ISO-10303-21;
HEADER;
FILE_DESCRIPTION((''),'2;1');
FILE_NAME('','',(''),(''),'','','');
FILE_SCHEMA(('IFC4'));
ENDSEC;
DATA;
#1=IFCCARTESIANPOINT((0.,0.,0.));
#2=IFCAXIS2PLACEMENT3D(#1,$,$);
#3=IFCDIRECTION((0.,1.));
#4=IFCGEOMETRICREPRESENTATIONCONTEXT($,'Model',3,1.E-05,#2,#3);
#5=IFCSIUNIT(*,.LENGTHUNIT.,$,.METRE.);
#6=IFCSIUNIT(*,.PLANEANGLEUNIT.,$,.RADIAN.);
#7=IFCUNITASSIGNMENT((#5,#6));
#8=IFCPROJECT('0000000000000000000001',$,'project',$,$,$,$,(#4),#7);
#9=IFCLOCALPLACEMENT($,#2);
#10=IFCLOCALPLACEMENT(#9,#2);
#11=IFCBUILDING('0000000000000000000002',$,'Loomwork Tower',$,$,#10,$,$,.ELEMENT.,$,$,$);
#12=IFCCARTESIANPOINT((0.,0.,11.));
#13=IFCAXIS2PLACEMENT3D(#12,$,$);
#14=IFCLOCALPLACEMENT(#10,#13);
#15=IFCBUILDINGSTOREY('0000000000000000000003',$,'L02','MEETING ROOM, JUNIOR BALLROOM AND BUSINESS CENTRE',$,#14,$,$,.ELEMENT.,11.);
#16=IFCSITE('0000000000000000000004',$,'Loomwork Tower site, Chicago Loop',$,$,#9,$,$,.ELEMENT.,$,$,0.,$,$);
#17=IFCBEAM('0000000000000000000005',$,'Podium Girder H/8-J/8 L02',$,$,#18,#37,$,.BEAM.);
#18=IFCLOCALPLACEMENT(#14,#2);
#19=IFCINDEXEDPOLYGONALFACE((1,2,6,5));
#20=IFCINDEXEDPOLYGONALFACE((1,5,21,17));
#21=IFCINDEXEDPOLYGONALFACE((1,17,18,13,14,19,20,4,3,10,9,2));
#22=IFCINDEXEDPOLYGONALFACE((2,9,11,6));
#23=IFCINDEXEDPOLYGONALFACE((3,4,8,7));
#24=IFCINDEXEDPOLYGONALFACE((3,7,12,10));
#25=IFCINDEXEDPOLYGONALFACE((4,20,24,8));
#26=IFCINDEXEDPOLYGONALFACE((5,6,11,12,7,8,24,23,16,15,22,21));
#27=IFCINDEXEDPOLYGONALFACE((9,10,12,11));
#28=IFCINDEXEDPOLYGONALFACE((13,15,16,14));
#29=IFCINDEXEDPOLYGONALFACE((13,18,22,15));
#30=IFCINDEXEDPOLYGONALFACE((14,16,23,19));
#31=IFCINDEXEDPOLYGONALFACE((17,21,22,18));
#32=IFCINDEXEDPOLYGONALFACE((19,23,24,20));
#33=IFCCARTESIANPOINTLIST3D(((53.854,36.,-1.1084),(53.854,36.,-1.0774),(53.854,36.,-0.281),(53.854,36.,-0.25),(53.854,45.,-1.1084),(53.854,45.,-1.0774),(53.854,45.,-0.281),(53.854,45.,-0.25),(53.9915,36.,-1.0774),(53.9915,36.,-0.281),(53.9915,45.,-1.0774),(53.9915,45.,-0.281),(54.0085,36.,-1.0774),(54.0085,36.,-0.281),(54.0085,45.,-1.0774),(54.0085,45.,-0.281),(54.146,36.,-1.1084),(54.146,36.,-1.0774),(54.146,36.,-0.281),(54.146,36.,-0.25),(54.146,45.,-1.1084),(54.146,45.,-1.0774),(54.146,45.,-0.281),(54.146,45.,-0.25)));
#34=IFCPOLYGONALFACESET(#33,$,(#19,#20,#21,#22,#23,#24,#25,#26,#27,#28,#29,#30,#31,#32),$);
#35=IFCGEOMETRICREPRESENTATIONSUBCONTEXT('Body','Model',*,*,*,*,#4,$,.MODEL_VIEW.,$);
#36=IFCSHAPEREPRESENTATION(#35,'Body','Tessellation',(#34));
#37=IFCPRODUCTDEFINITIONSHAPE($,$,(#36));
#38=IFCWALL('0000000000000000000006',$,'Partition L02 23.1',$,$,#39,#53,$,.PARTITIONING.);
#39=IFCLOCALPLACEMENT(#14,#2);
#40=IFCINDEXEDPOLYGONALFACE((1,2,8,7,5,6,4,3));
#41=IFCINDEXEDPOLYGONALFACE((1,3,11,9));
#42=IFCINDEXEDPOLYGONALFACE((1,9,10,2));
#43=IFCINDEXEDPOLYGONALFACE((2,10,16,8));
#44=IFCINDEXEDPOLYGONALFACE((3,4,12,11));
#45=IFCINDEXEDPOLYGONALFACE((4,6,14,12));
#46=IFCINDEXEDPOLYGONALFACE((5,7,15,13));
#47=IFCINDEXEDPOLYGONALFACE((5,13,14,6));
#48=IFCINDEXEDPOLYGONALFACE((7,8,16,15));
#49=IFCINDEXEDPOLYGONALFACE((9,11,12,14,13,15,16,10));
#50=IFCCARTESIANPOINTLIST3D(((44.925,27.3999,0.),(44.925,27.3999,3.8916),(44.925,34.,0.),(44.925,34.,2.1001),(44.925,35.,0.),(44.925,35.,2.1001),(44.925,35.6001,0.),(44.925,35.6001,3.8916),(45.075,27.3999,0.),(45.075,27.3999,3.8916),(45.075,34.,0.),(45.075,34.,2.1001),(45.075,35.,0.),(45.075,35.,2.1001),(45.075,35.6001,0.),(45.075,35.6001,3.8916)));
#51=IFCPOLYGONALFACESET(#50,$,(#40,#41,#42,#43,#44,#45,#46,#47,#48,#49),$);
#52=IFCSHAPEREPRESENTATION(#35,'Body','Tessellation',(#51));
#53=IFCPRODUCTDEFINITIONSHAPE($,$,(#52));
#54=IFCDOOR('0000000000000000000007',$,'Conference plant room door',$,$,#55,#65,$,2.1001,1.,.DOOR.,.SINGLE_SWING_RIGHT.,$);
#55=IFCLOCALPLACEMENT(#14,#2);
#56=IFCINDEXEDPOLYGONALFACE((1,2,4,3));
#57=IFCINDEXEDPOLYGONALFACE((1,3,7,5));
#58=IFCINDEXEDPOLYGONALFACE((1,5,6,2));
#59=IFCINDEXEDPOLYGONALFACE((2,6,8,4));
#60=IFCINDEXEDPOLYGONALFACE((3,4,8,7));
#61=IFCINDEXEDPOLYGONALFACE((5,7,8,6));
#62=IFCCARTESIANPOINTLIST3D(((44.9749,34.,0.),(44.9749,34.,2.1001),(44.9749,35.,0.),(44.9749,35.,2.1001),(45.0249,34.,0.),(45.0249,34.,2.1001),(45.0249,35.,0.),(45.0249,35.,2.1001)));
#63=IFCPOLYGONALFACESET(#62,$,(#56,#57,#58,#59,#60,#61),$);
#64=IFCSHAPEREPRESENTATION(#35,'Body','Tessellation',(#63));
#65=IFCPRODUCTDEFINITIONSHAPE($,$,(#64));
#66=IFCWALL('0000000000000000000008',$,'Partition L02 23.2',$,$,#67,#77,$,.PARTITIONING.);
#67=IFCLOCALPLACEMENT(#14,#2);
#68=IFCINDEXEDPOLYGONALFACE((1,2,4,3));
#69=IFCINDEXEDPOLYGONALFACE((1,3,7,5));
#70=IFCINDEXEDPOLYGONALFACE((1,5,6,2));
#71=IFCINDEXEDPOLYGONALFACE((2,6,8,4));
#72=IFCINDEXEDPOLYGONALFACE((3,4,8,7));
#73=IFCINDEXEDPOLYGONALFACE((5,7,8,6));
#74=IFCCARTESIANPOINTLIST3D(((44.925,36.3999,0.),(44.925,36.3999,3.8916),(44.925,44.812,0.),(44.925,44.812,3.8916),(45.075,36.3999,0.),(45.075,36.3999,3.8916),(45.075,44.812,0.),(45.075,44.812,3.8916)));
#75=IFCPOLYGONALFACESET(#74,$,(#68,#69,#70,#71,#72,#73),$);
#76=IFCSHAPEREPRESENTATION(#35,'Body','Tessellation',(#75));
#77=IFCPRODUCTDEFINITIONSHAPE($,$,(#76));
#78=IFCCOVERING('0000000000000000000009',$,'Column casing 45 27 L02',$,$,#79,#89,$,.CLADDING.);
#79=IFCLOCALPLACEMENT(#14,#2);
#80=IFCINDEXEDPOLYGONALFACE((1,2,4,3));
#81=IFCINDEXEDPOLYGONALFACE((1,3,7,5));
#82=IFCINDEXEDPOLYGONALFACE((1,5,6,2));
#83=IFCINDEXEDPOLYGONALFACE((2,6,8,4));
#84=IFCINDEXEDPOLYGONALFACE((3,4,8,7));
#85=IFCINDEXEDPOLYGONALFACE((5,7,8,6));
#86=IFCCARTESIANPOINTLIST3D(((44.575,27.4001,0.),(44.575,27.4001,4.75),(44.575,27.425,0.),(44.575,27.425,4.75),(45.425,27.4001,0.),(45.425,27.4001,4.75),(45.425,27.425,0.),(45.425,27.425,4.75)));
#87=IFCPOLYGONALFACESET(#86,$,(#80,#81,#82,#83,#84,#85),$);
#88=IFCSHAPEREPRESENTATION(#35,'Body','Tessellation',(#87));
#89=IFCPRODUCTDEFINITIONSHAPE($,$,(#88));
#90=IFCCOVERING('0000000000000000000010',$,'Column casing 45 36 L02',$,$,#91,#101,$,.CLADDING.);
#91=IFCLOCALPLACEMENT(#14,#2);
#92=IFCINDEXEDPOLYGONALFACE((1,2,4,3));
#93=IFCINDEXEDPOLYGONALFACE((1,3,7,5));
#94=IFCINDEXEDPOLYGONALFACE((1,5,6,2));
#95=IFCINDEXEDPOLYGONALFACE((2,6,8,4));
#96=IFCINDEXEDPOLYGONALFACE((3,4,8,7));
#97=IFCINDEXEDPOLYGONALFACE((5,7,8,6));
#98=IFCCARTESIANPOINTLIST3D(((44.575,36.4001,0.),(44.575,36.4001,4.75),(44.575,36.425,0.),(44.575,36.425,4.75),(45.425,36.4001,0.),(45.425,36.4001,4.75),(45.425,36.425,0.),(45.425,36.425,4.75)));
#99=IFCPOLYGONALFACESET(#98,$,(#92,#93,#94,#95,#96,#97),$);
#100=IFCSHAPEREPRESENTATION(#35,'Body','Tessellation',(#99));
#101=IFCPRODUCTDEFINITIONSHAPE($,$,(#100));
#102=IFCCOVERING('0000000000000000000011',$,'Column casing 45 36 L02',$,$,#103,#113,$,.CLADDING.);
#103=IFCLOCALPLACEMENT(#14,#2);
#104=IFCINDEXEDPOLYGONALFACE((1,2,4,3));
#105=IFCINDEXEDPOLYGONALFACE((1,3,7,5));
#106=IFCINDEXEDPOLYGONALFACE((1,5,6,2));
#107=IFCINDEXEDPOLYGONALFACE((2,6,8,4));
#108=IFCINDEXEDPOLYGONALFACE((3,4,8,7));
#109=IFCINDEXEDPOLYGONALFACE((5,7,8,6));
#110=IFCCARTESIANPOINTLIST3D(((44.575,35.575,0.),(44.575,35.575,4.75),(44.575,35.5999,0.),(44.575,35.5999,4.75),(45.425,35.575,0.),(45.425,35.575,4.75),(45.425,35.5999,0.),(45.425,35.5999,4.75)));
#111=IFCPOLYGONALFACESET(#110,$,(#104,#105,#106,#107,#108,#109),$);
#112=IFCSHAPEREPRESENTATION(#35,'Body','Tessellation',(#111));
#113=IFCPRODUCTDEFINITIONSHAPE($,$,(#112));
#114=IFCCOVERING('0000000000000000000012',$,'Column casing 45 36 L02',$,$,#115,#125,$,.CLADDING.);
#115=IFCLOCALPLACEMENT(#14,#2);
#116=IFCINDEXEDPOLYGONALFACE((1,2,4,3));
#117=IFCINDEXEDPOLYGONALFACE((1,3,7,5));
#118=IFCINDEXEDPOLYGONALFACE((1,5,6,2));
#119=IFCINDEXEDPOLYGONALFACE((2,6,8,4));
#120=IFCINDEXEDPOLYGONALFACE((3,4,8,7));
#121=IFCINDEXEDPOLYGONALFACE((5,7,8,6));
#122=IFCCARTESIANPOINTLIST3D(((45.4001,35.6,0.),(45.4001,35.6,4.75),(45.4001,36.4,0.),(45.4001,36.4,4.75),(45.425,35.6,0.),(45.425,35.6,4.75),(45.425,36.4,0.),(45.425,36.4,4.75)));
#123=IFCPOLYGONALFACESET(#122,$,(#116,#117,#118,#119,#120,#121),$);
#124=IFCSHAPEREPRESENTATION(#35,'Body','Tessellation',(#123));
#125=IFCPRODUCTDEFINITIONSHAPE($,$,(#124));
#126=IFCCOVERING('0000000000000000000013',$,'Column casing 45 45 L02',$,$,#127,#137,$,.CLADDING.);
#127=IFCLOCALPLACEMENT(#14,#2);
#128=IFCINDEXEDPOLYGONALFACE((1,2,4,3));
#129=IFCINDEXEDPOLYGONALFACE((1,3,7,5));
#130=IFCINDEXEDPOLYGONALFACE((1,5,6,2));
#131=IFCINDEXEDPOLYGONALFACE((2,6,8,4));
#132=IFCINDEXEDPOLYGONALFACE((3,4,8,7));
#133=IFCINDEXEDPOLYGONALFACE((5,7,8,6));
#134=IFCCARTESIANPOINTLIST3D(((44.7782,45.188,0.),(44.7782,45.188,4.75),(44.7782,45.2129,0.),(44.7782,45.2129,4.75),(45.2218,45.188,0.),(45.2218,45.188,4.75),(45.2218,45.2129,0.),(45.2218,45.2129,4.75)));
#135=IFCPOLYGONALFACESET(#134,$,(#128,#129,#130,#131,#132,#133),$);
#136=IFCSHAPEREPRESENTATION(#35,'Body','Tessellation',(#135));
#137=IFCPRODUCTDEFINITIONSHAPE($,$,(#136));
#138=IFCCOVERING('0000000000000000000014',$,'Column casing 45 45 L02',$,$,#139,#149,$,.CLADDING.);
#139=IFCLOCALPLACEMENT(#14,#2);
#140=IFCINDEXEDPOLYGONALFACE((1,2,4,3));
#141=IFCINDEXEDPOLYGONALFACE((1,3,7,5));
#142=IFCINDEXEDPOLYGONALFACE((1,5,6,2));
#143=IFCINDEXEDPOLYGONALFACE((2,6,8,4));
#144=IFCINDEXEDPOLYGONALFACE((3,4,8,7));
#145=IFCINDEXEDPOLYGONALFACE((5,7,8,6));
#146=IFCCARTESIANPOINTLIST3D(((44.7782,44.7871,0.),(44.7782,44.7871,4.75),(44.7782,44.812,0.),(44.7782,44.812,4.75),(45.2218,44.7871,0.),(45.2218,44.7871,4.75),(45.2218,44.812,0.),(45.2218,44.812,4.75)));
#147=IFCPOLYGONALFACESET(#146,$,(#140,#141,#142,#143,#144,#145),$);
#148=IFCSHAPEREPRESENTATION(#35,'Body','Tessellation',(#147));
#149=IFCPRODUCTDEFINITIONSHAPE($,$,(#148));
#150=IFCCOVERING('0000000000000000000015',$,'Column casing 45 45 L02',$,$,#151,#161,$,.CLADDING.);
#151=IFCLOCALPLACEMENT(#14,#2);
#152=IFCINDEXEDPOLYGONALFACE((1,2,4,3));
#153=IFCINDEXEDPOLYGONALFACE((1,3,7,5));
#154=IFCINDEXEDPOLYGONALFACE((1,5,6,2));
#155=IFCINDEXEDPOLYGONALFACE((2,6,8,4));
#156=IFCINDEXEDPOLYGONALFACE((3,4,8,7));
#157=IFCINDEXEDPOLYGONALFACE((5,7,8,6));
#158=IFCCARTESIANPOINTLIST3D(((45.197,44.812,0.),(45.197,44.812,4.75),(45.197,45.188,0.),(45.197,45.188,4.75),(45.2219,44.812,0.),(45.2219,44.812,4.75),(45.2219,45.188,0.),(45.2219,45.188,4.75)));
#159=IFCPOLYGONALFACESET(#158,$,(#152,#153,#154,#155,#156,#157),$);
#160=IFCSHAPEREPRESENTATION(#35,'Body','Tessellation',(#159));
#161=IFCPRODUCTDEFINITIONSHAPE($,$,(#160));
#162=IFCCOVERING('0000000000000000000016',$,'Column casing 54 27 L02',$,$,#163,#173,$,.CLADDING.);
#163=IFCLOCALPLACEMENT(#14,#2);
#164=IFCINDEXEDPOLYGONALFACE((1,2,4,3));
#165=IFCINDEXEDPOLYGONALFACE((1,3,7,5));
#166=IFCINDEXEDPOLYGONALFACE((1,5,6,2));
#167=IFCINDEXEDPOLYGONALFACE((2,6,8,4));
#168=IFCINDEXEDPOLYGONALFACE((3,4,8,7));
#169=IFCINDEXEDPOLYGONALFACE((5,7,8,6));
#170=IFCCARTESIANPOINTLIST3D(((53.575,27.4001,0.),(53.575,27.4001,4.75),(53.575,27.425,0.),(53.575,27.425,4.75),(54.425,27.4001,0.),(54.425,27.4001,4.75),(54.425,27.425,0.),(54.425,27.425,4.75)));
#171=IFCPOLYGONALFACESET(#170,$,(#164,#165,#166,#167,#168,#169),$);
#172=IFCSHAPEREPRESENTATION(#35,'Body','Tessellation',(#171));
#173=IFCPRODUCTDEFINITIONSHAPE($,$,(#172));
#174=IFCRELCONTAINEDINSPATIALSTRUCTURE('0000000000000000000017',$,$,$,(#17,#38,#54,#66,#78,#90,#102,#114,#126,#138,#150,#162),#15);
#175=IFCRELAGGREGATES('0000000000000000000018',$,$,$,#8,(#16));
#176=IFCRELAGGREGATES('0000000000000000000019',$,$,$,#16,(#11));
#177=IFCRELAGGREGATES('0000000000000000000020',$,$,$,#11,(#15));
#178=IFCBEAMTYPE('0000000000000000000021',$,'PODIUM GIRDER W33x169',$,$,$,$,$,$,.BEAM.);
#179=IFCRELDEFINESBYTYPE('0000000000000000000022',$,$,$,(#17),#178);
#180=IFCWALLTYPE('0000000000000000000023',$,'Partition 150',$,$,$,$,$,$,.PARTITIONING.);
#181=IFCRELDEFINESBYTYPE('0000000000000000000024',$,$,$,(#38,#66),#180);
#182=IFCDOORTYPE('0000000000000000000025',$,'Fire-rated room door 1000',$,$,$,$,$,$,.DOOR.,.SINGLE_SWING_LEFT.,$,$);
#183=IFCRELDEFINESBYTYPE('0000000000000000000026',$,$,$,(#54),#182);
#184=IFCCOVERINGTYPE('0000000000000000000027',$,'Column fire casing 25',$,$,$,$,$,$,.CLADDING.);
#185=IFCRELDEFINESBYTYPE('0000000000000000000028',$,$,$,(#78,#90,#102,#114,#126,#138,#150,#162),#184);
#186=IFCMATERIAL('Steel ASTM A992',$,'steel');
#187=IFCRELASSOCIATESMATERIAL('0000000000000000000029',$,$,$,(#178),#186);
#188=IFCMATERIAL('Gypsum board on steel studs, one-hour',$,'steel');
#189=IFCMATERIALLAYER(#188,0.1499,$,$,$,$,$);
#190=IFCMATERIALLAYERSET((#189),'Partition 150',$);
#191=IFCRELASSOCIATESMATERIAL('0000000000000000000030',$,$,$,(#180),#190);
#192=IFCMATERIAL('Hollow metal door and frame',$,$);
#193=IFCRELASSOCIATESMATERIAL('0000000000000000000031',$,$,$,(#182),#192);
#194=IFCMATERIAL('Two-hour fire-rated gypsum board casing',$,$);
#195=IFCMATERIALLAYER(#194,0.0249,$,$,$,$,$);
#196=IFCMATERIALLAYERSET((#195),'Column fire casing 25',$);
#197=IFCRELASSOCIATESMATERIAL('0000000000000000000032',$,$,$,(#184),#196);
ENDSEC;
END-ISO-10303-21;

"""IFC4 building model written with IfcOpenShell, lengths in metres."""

from ifc_helpers import new_model, si_unit, direction, frame, frame_2d, origin, origin_2d, place, context, subcontext, project, spatial, rectangle, i_section, extrude, material, layer, layer_set, material_profile, profile_set, type_object, element, fill, save


model = new_model("IFC4")

# Units and contexts
model_context = context("Model", 3, precision=1e-05, world=origin(), true_north=direction((0.0, 1.0)))
body_context = subcontext(model_context, "Body", "Model", "MODEL_VIEW")
ifc_project = project(units=[si_unit("LENGTHUNIT", "METRE"), si_unit("PLANEANGLEUNIT", "RADIAN")], contexts=[model_context])

# Site, building, storey
site_placement = place(None, origin())
site = spatial("IfcSite", under=ifc_project, at=site_placement, Name="Loomwork Tower site, Chicago Loop", CompositionType="ELEMENT", RefElevation=0.0)
building_placement = place(site_placement, origin())
building = spatial("IfcBuilding", under=site, at=building_placement, Name="Loomwork Tower", CompositionType="ELEMENT")
storey_placement = place(building_placement, frame((0.0, 0.0, 11.0)))
storey = spatial("IfcBuildingStorey", under=building, at=storey_placement, Name="L02", Description="MEETING ROOM, JUNIOR BALLROOM AND BUSINESS CENTRE", CompositionType="ELEMENT", Elevation=11.0)

# Beam
ifc_material_1 = material(Name="Steel ASTM A992", Category="steel")
ifc_material_profile_1 = material_profile(ifc_material_1, i_section(OverallWidth=0.292, OverallDepth=0.8584, WebThickness=0.0171, FlangeThickness=0.031, at=origin_2d()), Name="W33x169")
ifc_profile_set_1 = profile_set([ifc_material_profile_1], Name="Steel ASTM A992")
beam_type_1 = type_object("IfcBeamType", Name="PODIUM GIRDER W33x169", PredefinedType="BEAM", material=ifc_profile_set_1)
for number, where, z_axis, x_axis, name in (
    (1, (54.0, 36.0, -0.6792), (0.0, 1.0, 0.0), (-1.0, 0.0, 0.0), "Podium Girder H/8-J/8 L02"),
):
    element("IfcBeam", number, at=place(storey_placement, frame(where, z_axis=z_axis, x_axis=x_axis)), inside=storey, type_object=beam_type_1, Name=name, PredefinedType="BEAM", context=body_context, shape_type="SweptSolid", body=[
        extrude(i_section(OverallWidth=0.292, OverallDepth=0.8584, WebThickness=0.0171, FlangeThickness=0.031, at=origin_2d()), origin(), (0.0, 0.0, 1.0), 9.0),
    ])

# Wall, opening, door
ifc_material_2 = material(Name="Gypsum board on steel studs, one-hour", Category="steel")
ifc_layer_1 = layer(ifc_material_2, 0.1499)
ifc_layer_set_1 = layer_set([ifc_layer_1], Name="Partition 150")
wall_type = type_object("IfcWallType", Name="Partition 150", PredefinedType="PARTITIONING", material=ifc_layer_set_1)
wall_1_placement = place(storey_placement, frame((45.0, 27.3999, 0.0), z_axis=(0.0, 0.0, 1.0), x_axis=(0.0, 1.0, 0.0)))
wall_1 = element("IfcWall", 2, at=wall_1_placement, inside=storey, type_object=wall_type, Name="Partition L02 23.1", PredefinedType="PARTITIONING", context=body_context, shape_type="SweptSolid", body=[
    extrude(rectangle(XDim=8.2002, YDim=0.1499, at=frame_2d((4.1001, 0.0))), origin(), (0.0, 0.0, 1.0), 3.8916),
])
opening_placement = place(wall_1_placement, frame((6.6001, 0.0, 0.0)))
opening = element("IfcOpeningElement", 3, at=opening_placement, cuts=wall_1, PredefinedType="OPENING", context=body_context, shape_type="SweptSolid", body=[
    extrude(rectangle(XDim=1.0, YDim=2.1001, at=frame_2d((0.5, 1.05))), frame((0.0, 0.085, 0.0), z_axis=(0.0, -1.0, 0.0), x_axis=(1.0, 0.0, 0.0)), (0.0, 0.0, 1.0), 0.1699),
])
ifc_material_3 = material(Name="Hollow metal door and frame")
door_type = type_object("IfcDoorType", Name="Fire-rated room door 1000", OperationType="SINGLE_SWING_LEFT", PredefinedType="DOOR", material=ifc_material_3)
door_placement = place(opening_placement, frame((1.0, 0.0, 0.0), z_axis=(0.0, 0.0, 1.0), x_axis=(-1.0, 0.0, 0.0)))
door = element("IfcDoor", 4, at=door_placement, inside=storey, type_object=door_type, Name="Conference plant room door", OperationType="SINGLE_SWING_RIGHT", OverallHeight=2.1001, OverallWidth=1.0, PredefinedType="DOOR", context=body_context, shape_type="SweptSolid", body=[
    extrude(rectangle(XDim=1.0, YDim=2.1001, at=frame_2d((0.5, 1.05))), frame((0.0, 0.0249, 0.0), z_axis=(0.0, -1.0, 0.0), x_axis=(1.0, 0.0, 0.0)), (0.0, 0.0, 1.0), 0.05),
])
fill(opening, door)

# Wall
wall_2_placement = place(storey_placement, frame((45.0, 36.3999, 0.0), z_axis=(0.0, 0.0, 1.0), x_axis=(0.0, 1.0, 0.0)))
element("IfcWall", 5, at=wall_2_placement, inside=storey, type_object=wall_type, Name="Partition L02 23.2", PredefinedType="PARTITIONING", context=body_context, shape_type="SweptSolid", body=[
    extrude(rectangle(XDim=8.4121, YDim=0.1499, at=frame_2d((4.2061, 0.0))), origin(), (0.0, 0.0, 1.0), 3.8916),
])

# Coverings
ifc_material_4 = material(Name="Two-hour fire-rated gypsum board casing")
ifc_layer_2 = layer(ifc_material_4, 0.0249)
ifc_layer_set_2 = layer_set([ifc_layer_2], Name="Column fire casing 25")
covering_type = type_object("IfcCoveringType", Name="Column fire casing 25", PredefinedType="CLADDING", material=ifc_layer_set_2)
for number, where, z_axis, x_axis, name in (
    (6, (45.0, 27.4126, 0.0), (0.0, 0.0, 1.0), (1.0, 0.0, 0.0), "Column casing 45 27 L02"),
    (7, (45.0, 36.4126, 0.0), (0.0, 0.0, 1.0), (1.0, 0.0, 0.0), "Column casing 45 36 L02"),
    (8, (45.0, 35.5874, 0.0), (0.0, 0.0, 1.0), (1.0, 0.0, 0.0), "Column casing 45 36 L02"),
):
    element("IfcCovering", number, at=place(storey_placement, frame(where, z_axis=z_axis, x_axis=x_axis)), inside=storey, type_object=covering_type, Name=name, PredefinedType="CLADDING", context=body_context, shape_type="SweptSolid", body=[
        extrude(rectangle(XDim=0.8501, YDim=0.0249, at=origin_2d()), origin(), (0.0, 0.0, 1.0), 4.75),
    ])
covering_1_placement = place(storey_placement, frame((45.4126, 36.0, 0.0), z_axis=(0.0, 0.0, 1.0), x_axis=(1.0, 0.0, 0.0)))
element("IfcCovering", 9, at=covering_1_placement, inside=storey, type_object=covering_type, Name="Column casing 45 36 L02", PredefinedType="CLADDING", context=body_context, shape_type="SweptSolid", body=[
    extrude(rectangle(XDim=0.0249, YDim=0.8, at=origin_2d()), origin(), (0.0, 0.0, 1.0), 4.75),
])
for number, where, z_axis, x_axis, name in (
    (10, (45.0, 45.2004, 0.0), (0.0, 0.0, 1.0), (1.0, 0.0, 0.0), "Column casing 45 45 L02"),
    (11, (45.0, 44.7996, 0.0), (0.0, 0.0, 1.0), (1.0, 0.0, 0.0), "Column casing 45 45 L02"),
):
    element("IfcCovering", number, at=place(storey_placement, frame(where, z_axis=z_axis, x_axis=x_axis)), inside=storey, type_object=covering_type, Name=name, PredefinedType="CLADDING", context=body_context, shape_type="SweptSolid", body=[
        extrude(rectangle(XDim=0.4436, YDim=0.0249, at=origin_2d()), origin(), (0.0, 0.0, 1.0), 4.75),
    ])
covering_2_placement = place(storey_placement, frame((45.2095, 45.0, 0.0), z_axis=(0.0, 0.0, 1.0), x_axis=(1.0, 0.0, 0.0)))
element("IfcCovering", 12, at=covering_2_placement, inside=storey, type_object=covering_type, Name="Column casing 45 45 L02", PredefinedType="CLADDING", context=body_context, shape_type="SweptSolid", body=[
    extrude(rectangle(XDim=0.0249, YDim=0.376, at=origin_2d()), origin(), (0.0, 0.0, 1.0), 4.75),
])
covering_3_placement = place(storey_placement, frame((54.0, 27.4126, 0.0), z_axis=(0.0, 0.0, 1.0), x_axis=(1.0, 0.0, 0.0)))
element("IfcCovering", 13, at=covering_3_placement, inside=storey, type_object=covering_type, Name="Column casing 54 27 L02", PredefinedType="CLADDING", context=body_context, shape_type="SweptSolid", body=[
    extrude(rectangle(XDim=0.8501, YDim=0.0249, at=origin_2d()), origin(), (0.0, 0.0, 1.0), 4.75),
])

save(model, "model.ifc")
